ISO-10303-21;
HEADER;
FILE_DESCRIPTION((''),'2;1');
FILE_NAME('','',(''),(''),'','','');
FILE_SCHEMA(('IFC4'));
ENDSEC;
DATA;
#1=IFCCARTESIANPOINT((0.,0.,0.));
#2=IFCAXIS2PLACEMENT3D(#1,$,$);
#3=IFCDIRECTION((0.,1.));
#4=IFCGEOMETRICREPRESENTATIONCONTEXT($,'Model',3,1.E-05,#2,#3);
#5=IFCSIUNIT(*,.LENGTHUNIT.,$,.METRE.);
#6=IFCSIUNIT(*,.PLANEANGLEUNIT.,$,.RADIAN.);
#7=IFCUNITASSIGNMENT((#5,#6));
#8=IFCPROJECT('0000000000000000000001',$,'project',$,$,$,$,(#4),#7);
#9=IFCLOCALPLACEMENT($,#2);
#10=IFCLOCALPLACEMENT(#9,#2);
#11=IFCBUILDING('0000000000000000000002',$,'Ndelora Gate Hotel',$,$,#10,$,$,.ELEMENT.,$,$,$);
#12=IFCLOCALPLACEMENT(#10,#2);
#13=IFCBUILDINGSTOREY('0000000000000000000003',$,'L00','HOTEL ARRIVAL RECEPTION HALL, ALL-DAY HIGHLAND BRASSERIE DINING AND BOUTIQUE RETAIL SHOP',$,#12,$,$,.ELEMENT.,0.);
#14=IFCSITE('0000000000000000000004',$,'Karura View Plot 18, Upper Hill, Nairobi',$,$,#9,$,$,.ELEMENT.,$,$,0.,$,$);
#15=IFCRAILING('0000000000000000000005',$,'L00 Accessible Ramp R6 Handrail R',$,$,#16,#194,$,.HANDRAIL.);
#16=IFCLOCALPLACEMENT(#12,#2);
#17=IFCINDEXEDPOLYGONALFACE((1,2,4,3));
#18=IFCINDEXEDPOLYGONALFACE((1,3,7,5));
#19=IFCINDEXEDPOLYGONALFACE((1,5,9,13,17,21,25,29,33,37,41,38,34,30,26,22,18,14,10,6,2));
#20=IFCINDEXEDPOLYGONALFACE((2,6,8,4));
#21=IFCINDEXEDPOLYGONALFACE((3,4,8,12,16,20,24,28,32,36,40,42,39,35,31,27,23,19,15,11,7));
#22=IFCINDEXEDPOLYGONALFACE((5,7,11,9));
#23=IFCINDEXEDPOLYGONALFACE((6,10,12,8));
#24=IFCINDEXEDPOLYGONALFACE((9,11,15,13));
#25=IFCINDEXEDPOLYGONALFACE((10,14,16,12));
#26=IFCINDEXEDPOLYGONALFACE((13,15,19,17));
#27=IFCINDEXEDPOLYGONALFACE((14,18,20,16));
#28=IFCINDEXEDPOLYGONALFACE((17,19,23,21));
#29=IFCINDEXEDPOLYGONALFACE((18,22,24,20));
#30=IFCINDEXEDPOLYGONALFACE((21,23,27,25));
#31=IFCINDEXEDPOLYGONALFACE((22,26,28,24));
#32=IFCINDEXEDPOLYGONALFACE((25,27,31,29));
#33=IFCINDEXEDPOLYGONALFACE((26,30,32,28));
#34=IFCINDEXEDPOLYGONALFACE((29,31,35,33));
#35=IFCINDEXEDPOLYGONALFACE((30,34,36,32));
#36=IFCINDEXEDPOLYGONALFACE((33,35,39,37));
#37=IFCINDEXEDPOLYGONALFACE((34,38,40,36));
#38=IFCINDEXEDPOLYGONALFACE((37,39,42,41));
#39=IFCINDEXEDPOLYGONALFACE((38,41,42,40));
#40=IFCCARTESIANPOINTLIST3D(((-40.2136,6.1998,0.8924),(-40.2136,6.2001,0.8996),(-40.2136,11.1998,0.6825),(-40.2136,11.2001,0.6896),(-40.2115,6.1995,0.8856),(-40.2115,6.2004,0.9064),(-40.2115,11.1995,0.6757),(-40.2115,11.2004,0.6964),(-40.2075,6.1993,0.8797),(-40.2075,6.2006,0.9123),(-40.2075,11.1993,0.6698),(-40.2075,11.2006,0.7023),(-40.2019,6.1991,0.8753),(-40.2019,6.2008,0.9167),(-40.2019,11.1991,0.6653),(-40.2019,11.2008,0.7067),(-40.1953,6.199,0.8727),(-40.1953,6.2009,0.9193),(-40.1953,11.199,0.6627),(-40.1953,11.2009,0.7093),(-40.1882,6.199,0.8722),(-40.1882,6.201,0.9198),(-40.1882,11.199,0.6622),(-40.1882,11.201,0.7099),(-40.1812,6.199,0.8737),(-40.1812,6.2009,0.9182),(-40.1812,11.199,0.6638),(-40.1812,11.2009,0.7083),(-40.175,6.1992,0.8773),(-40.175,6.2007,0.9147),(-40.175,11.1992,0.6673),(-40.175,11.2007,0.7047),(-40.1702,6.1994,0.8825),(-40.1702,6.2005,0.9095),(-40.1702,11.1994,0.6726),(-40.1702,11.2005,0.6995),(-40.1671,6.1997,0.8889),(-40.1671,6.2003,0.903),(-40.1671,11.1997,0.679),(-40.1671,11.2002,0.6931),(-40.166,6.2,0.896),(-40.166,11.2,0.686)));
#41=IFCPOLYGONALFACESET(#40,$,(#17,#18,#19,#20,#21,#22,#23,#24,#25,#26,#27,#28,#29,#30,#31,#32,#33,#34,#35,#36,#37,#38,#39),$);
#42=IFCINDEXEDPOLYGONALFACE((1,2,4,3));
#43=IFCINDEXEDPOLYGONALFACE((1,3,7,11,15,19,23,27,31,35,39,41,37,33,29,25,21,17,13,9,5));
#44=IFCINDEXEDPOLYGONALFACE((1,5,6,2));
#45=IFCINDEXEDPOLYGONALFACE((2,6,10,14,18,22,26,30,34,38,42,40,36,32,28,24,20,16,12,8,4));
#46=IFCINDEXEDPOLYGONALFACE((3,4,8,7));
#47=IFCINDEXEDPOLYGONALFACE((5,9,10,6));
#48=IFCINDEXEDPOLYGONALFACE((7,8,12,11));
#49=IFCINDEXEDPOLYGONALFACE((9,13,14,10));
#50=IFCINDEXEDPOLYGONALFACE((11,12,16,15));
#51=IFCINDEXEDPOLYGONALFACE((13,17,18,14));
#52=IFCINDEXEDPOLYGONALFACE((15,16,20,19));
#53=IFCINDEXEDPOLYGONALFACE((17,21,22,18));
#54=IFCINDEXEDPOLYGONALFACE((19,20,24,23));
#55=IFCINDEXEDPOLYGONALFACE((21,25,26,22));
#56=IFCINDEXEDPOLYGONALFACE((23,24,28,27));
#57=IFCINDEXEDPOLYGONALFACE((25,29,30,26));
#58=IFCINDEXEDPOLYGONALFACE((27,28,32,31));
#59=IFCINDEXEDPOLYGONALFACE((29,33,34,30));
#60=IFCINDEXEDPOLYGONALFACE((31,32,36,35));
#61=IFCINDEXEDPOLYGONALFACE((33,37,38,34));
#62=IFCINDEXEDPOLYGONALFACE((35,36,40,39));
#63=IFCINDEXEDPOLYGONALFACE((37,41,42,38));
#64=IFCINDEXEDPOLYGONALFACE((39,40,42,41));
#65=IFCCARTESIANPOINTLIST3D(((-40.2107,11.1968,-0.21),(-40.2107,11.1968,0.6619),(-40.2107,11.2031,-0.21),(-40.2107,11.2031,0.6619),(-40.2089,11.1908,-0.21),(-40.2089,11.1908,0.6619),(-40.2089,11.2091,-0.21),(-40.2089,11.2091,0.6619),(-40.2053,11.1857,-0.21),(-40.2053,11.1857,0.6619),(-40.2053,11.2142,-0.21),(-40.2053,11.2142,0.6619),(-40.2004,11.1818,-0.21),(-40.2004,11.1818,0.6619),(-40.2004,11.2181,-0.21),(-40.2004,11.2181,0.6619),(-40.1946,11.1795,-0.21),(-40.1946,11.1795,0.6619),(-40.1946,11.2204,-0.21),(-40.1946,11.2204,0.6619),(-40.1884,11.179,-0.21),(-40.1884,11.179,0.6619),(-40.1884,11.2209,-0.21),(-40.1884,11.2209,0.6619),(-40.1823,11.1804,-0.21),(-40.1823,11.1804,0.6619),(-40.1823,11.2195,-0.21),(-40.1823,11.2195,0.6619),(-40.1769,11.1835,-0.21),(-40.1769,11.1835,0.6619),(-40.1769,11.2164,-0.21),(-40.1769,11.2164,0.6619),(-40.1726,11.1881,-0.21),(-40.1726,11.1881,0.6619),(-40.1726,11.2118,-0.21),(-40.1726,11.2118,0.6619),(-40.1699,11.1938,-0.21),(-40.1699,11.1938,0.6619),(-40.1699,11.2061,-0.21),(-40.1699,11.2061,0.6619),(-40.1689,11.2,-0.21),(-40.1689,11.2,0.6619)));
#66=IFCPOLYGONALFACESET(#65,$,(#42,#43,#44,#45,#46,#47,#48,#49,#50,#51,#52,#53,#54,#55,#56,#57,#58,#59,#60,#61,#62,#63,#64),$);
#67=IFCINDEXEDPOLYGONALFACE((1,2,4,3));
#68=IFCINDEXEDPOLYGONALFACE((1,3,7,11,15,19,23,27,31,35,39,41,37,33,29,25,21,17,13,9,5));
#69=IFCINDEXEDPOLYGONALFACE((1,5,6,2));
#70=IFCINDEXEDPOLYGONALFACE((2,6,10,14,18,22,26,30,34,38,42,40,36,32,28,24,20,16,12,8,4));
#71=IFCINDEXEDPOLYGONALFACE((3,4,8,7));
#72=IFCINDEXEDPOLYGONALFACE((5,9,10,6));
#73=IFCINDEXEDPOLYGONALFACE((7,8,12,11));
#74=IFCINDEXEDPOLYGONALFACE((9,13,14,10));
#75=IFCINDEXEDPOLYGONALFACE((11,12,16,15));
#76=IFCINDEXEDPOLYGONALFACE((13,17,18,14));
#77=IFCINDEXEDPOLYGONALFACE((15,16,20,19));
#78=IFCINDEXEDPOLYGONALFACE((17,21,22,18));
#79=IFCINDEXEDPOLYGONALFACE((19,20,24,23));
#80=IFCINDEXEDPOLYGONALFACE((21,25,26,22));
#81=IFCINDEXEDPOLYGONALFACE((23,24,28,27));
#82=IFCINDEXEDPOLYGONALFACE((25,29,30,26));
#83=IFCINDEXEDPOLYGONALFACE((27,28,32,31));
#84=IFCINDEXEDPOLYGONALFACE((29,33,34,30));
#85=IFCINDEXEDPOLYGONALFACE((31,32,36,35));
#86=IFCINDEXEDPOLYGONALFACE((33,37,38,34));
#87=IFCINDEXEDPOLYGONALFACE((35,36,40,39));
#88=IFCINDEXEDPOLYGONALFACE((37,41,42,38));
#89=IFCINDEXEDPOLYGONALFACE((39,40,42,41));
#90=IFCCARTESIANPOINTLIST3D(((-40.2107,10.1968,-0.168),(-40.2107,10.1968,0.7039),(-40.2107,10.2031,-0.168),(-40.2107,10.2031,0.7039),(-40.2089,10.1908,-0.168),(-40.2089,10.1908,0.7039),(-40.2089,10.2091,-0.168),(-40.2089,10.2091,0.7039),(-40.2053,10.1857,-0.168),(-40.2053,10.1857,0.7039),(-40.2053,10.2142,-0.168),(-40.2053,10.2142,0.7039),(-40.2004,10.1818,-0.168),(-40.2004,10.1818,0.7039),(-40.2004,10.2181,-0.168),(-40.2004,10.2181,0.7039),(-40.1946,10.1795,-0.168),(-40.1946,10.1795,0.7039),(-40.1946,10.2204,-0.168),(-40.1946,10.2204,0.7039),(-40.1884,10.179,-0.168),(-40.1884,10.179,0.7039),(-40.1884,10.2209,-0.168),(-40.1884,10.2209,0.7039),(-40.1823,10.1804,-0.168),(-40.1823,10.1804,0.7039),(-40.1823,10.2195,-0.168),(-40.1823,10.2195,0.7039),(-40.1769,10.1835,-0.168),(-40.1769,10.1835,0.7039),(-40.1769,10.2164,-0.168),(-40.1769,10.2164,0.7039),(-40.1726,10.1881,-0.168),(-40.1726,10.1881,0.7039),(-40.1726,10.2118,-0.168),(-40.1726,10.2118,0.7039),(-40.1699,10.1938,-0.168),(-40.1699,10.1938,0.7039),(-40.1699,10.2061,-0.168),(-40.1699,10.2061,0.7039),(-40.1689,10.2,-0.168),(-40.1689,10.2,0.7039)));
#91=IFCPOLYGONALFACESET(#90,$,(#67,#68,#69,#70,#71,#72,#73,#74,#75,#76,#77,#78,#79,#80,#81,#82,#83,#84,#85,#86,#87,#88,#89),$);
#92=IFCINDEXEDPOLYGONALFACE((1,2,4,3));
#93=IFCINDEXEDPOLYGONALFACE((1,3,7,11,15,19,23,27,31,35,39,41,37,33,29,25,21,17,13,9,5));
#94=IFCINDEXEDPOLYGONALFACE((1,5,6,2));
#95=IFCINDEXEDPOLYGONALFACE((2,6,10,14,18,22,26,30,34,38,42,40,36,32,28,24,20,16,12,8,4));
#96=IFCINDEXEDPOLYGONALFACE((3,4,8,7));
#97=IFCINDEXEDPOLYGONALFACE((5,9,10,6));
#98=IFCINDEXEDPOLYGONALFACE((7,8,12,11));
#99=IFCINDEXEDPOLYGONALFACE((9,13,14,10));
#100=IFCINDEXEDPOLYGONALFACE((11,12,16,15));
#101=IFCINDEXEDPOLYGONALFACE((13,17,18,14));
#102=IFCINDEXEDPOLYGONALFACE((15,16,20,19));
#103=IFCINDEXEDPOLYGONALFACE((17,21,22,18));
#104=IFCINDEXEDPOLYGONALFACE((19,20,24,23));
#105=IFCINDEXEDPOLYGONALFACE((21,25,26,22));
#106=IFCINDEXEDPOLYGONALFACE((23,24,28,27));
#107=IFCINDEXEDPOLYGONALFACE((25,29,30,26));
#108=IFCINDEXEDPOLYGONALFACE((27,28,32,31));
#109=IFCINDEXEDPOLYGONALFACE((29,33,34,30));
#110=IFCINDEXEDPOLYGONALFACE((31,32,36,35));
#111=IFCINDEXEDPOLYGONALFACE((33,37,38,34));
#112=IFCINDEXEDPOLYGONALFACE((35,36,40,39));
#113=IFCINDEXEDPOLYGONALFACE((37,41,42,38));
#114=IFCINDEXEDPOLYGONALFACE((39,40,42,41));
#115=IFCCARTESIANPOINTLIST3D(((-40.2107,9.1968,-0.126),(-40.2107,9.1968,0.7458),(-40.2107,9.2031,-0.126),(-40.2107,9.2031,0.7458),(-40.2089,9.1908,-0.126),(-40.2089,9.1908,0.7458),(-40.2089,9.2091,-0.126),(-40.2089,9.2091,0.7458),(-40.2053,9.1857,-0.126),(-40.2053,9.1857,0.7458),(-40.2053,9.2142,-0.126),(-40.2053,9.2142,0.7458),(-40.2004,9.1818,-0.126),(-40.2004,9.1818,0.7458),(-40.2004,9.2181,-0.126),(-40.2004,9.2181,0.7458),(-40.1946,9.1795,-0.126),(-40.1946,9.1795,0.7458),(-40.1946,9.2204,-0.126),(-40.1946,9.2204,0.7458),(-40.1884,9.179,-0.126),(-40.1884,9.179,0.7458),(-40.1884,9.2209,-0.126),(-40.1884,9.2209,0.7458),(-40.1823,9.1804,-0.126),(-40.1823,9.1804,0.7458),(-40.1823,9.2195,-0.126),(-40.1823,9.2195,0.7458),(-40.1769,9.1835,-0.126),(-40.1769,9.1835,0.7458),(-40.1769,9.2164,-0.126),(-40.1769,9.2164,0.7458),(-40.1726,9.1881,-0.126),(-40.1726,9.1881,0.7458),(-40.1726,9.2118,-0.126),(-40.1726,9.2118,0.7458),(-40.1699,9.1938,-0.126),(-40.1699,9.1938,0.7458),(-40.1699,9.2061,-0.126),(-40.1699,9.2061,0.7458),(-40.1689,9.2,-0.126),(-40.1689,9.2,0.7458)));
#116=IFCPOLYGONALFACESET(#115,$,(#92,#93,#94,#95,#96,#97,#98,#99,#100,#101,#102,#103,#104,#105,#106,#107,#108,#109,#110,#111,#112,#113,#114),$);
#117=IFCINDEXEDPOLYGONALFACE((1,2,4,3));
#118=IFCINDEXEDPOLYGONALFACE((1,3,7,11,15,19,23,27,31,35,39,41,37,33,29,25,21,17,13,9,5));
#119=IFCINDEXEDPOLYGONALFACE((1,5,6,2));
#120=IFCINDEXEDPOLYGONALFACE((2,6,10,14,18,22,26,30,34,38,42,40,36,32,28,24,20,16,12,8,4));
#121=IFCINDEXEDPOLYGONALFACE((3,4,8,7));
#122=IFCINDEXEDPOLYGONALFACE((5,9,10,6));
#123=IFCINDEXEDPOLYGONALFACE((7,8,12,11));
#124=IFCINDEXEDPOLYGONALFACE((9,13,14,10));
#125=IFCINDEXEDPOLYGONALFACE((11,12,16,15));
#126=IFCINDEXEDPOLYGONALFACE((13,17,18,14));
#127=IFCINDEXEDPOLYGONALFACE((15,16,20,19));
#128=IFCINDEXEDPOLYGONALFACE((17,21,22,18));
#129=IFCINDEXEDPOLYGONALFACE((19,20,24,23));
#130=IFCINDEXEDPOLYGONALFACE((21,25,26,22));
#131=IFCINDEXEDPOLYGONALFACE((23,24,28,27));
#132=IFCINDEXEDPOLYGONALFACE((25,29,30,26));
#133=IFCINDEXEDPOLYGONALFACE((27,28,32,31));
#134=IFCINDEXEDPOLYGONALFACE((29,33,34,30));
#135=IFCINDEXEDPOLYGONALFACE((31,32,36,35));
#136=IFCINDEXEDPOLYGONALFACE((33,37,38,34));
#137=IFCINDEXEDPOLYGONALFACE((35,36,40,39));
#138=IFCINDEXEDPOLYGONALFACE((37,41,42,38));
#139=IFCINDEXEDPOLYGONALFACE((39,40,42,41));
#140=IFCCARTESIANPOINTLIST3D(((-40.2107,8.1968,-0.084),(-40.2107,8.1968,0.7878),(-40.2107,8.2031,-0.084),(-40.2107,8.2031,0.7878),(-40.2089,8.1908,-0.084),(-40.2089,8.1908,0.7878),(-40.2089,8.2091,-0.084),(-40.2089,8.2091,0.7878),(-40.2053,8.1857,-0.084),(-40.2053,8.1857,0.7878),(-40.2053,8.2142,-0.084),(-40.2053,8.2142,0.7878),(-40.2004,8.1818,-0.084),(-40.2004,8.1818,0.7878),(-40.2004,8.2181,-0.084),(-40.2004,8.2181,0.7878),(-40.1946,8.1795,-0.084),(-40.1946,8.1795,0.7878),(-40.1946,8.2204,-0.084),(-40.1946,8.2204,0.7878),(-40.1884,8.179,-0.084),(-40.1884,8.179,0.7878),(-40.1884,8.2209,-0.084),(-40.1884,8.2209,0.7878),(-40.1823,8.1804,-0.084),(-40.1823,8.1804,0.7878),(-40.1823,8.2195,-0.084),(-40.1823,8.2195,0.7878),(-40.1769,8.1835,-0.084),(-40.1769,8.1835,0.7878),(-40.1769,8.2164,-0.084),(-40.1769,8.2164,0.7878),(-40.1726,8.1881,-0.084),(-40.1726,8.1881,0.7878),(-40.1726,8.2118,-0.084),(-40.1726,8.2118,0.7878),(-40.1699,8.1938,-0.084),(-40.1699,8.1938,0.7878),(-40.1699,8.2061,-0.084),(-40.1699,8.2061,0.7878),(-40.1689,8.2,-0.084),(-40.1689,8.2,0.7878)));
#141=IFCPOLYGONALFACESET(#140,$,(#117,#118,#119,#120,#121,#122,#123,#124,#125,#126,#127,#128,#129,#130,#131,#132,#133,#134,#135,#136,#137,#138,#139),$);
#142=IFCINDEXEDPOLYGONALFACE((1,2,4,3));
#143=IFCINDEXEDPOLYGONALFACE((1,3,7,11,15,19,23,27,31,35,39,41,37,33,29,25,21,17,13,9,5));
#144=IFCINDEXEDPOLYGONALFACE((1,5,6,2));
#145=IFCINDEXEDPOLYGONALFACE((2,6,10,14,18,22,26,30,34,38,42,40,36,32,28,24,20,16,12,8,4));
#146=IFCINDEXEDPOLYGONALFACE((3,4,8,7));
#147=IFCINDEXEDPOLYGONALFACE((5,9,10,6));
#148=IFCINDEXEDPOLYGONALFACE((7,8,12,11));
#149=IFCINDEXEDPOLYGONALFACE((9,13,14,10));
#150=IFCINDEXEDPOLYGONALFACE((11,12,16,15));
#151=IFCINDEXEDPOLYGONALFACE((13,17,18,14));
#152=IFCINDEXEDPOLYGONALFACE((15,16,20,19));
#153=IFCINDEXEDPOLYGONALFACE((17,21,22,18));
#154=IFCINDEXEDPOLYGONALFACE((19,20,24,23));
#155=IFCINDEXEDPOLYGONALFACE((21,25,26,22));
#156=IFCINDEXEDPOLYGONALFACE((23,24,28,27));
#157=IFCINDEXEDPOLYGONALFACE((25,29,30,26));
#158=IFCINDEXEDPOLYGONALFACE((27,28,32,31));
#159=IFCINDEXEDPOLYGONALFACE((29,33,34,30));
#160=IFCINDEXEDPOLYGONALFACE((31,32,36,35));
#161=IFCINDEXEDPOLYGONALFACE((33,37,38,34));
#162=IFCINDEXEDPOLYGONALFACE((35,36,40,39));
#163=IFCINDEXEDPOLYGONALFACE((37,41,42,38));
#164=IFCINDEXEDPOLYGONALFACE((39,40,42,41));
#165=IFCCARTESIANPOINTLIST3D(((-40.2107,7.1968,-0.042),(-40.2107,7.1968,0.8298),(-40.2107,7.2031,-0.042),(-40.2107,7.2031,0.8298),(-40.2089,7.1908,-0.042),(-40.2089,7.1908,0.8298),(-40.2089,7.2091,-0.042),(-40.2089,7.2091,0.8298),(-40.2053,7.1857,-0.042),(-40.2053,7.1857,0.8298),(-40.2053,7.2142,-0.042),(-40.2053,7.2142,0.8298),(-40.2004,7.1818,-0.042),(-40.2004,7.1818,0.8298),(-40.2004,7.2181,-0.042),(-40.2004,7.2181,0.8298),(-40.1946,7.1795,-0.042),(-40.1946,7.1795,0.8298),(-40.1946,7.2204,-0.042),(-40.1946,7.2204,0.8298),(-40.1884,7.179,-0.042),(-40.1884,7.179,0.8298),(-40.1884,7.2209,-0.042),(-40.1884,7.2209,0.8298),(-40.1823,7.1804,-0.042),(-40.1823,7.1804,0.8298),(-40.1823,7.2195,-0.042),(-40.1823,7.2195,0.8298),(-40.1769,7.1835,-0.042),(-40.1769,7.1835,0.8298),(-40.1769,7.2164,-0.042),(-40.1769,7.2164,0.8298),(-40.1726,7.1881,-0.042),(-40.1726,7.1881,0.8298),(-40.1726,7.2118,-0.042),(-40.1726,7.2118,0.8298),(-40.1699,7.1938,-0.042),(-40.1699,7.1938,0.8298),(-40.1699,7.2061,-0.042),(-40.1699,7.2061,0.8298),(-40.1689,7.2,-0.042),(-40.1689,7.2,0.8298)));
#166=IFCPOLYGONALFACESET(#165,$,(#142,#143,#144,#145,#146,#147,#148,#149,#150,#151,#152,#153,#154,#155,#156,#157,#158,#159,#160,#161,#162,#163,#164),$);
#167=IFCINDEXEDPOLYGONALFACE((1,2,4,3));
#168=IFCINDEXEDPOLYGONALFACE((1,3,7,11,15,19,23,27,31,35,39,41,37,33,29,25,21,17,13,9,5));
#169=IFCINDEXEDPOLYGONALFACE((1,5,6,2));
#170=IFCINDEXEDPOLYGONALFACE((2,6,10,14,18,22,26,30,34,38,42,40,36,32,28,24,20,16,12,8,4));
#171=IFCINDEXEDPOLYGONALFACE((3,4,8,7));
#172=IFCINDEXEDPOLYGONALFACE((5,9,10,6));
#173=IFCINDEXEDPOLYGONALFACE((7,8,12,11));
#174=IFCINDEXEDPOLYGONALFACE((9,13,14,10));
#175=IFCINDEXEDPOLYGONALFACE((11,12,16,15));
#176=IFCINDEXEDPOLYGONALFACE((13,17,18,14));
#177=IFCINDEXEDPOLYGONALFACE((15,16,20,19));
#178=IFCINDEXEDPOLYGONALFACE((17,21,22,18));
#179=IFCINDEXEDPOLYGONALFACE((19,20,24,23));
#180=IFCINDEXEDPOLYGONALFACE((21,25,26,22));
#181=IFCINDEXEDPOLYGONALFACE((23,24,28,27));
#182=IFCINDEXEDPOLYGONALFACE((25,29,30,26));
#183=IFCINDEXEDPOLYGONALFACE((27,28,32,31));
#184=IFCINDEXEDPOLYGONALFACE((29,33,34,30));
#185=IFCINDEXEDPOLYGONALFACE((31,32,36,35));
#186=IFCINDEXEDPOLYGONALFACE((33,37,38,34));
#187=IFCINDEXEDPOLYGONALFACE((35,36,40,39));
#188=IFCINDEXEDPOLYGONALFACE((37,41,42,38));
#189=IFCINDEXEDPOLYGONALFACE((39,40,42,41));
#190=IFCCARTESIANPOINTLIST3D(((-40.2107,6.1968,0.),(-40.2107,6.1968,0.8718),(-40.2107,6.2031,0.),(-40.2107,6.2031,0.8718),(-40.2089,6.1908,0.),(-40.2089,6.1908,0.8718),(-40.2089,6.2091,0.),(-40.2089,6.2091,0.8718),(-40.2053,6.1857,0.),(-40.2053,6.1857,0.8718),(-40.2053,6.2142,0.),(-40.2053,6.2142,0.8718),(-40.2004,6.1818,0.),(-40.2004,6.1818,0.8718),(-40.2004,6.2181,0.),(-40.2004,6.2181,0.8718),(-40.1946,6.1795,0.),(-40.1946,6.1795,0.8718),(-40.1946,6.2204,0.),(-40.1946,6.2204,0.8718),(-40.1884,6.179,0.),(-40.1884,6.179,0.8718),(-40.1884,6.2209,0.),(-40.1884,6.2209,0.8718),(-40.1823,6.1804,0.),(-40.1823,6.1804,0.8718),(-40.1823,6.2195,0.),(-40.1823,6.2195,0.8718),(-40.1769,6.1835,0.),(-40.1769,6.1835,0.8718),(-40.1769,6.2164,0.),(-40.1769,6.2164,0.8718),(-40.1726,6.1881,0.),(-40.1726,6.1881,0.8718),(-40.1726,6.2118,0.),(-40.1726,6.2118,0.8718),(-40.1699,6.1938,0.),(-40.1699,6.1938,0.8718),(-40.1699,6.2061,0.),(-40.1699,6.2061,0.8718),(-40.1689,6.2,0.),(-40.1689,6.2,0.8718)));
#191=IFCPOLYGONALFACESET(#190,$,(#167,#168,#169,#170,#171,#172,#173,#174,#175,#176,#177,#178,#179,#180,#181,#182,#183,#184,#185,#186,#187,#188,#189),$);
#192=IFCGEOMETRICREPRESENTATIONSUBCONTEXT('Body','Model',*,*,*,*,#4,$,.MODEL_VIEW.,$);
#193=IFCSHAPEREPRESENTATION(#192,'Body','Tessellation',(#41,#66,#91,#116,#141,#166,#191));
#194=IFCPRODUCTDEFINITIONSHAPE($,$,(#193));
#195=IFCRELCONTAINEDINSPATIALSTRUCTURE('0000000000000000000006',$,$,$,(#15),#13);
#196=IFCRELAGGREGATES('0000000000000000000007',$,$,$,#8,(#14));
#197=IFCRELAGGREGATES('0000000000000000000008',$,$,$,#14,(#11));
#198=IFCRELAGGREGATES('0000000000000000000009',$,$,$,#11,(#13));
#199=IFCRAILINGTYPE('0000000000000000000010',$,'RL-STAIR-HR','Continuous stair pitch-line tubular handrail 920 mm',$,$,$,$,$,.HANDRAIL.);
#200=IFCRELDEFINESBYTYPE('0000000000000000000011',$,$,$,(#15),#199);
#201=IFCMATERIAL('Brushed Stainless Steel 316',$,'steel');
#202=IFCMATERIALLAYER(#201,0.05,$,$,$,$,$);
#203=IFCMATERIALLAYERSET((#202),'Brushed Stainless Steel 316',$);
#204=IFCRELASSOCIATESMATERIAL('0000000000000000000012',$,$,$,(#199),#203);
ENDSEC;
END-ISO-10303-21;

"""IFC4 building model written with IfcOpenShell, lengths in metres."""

from ifc_helpers import new_model, si_unit, direction, frame, origin, origin_2d, place, context, subcontext, project, spatial, circle, extrude, material, layer, layer_set, type_object, element, save


model = new_model("IFC4")

# Units and contexts
model_context = context("Model", 3, precision=1e-05, world=origin(), true_north=direction((0.0, 1.0)))
body_context = subcontext(model_context, "Body", "Model", "MODEL_VIEW")
ifc_project = project(units=[si_unit("LENGTHUNIT", "METRE"), si_unit("PLANEANGLEUNIT", "RADIAN")], contexts=[model_context])

# Site, building, storey
site_placement = place(None, origin())
site = spatial("IfcSite", under=ifc_project, at=site_placement, Name="Karura View Plot 18, Upper Hill, Nairobi", CompositionType="ELEMENT", RefElevation=0.0)
building_placement = place(site_placement, origin())
building = spatial("IfcBuilding", under=site, at=building_placement, Name="Ndelora Gate Hotel", CompositionType="ELEMENT")
storey_placement = place(building_placement, origin())
storey = spatial("IfcBuildingStorey", under=building, at=storey_placement, Name="L00", Description="HOTEL ARRIVAL RECEPTION HALL, ALL-DAY HIGHLAND BRASSERIE DINING AND BOUTIQUE RETAIL SHOP", CompositionType="ELEMENT", Elevation=0.0)

# Railing
ifc_material_1 = material(Name="Brushed Stainless Steel 316", Category="steel")
ifc_layer_1 = layer(ifc_material_1, 0.05)
ifc_layer_set_1 = layer_set([ifc_layer_1], Name="Brushed Stainless Steel 316")
railing_type = type_object("IfcRailingType", Name="RL-STAIR-HR", Description="Continuous stair pitch-line tubular handrail 920 mm", PredefinedType="HANDRAIL", material=ifc_layer_set_1)
for number, where, name in (
    (1, (-40.1899, 11.2, -0.21), "L00 Accessible Ramp R6 Handrail R"),
):
    element("IfcRailing", number, at=place(storey_placement, frame(where)), inside=storey, type_object=railing_type, Name=name, PredefinedType="HANDRAIL", context=body_context, shape_type="SweptSolid", body=[
        extrude(circle(Radius=0.0239, at=origin_2d()), frame((0.0, 0.0, 0.896), z_axis=(0.0, -0.999119, 0.041955), x_axis=(1.0, 0.0, 0.0)), (0.0, 0.0, 1.0), 5.0044),
        extrude(circle(Radius=0.021, at=origin_2d()), origin(), (0.0, 0.0, 1.0), 0.8718),
        extrude(circle(Radius=0.021, at=origin_2d()), frame((0.0, -1.0, 0.042)), (0.0, 0.0, 1.0), 0.8718),
        extrude(circle(Radius=0.021, at=origin_2d()), frame((0.0, -2.0, 0.084)), (0.0, 0.0, 1.0), 0.8718),
        extrude(circle(Radius=0.021, at=origin_2d()), frame((0.0, -3.0, 0.126)), (0.0, 0.0, 1.0), 0.8718),
        extrude(circle(Radius=0.021, at=origin_2d()), frame((0.0, -4.0, 0.168)), (0.0, 0.0, 1.0), 0.8718),
        extrude(circle(Radius=0.021, at=origin_2d()), frame((0.0, -5.0, 0.21)), (0.0, 0.0, 1.0), 0.8718),
    ])

save(model, "model.ifc")
